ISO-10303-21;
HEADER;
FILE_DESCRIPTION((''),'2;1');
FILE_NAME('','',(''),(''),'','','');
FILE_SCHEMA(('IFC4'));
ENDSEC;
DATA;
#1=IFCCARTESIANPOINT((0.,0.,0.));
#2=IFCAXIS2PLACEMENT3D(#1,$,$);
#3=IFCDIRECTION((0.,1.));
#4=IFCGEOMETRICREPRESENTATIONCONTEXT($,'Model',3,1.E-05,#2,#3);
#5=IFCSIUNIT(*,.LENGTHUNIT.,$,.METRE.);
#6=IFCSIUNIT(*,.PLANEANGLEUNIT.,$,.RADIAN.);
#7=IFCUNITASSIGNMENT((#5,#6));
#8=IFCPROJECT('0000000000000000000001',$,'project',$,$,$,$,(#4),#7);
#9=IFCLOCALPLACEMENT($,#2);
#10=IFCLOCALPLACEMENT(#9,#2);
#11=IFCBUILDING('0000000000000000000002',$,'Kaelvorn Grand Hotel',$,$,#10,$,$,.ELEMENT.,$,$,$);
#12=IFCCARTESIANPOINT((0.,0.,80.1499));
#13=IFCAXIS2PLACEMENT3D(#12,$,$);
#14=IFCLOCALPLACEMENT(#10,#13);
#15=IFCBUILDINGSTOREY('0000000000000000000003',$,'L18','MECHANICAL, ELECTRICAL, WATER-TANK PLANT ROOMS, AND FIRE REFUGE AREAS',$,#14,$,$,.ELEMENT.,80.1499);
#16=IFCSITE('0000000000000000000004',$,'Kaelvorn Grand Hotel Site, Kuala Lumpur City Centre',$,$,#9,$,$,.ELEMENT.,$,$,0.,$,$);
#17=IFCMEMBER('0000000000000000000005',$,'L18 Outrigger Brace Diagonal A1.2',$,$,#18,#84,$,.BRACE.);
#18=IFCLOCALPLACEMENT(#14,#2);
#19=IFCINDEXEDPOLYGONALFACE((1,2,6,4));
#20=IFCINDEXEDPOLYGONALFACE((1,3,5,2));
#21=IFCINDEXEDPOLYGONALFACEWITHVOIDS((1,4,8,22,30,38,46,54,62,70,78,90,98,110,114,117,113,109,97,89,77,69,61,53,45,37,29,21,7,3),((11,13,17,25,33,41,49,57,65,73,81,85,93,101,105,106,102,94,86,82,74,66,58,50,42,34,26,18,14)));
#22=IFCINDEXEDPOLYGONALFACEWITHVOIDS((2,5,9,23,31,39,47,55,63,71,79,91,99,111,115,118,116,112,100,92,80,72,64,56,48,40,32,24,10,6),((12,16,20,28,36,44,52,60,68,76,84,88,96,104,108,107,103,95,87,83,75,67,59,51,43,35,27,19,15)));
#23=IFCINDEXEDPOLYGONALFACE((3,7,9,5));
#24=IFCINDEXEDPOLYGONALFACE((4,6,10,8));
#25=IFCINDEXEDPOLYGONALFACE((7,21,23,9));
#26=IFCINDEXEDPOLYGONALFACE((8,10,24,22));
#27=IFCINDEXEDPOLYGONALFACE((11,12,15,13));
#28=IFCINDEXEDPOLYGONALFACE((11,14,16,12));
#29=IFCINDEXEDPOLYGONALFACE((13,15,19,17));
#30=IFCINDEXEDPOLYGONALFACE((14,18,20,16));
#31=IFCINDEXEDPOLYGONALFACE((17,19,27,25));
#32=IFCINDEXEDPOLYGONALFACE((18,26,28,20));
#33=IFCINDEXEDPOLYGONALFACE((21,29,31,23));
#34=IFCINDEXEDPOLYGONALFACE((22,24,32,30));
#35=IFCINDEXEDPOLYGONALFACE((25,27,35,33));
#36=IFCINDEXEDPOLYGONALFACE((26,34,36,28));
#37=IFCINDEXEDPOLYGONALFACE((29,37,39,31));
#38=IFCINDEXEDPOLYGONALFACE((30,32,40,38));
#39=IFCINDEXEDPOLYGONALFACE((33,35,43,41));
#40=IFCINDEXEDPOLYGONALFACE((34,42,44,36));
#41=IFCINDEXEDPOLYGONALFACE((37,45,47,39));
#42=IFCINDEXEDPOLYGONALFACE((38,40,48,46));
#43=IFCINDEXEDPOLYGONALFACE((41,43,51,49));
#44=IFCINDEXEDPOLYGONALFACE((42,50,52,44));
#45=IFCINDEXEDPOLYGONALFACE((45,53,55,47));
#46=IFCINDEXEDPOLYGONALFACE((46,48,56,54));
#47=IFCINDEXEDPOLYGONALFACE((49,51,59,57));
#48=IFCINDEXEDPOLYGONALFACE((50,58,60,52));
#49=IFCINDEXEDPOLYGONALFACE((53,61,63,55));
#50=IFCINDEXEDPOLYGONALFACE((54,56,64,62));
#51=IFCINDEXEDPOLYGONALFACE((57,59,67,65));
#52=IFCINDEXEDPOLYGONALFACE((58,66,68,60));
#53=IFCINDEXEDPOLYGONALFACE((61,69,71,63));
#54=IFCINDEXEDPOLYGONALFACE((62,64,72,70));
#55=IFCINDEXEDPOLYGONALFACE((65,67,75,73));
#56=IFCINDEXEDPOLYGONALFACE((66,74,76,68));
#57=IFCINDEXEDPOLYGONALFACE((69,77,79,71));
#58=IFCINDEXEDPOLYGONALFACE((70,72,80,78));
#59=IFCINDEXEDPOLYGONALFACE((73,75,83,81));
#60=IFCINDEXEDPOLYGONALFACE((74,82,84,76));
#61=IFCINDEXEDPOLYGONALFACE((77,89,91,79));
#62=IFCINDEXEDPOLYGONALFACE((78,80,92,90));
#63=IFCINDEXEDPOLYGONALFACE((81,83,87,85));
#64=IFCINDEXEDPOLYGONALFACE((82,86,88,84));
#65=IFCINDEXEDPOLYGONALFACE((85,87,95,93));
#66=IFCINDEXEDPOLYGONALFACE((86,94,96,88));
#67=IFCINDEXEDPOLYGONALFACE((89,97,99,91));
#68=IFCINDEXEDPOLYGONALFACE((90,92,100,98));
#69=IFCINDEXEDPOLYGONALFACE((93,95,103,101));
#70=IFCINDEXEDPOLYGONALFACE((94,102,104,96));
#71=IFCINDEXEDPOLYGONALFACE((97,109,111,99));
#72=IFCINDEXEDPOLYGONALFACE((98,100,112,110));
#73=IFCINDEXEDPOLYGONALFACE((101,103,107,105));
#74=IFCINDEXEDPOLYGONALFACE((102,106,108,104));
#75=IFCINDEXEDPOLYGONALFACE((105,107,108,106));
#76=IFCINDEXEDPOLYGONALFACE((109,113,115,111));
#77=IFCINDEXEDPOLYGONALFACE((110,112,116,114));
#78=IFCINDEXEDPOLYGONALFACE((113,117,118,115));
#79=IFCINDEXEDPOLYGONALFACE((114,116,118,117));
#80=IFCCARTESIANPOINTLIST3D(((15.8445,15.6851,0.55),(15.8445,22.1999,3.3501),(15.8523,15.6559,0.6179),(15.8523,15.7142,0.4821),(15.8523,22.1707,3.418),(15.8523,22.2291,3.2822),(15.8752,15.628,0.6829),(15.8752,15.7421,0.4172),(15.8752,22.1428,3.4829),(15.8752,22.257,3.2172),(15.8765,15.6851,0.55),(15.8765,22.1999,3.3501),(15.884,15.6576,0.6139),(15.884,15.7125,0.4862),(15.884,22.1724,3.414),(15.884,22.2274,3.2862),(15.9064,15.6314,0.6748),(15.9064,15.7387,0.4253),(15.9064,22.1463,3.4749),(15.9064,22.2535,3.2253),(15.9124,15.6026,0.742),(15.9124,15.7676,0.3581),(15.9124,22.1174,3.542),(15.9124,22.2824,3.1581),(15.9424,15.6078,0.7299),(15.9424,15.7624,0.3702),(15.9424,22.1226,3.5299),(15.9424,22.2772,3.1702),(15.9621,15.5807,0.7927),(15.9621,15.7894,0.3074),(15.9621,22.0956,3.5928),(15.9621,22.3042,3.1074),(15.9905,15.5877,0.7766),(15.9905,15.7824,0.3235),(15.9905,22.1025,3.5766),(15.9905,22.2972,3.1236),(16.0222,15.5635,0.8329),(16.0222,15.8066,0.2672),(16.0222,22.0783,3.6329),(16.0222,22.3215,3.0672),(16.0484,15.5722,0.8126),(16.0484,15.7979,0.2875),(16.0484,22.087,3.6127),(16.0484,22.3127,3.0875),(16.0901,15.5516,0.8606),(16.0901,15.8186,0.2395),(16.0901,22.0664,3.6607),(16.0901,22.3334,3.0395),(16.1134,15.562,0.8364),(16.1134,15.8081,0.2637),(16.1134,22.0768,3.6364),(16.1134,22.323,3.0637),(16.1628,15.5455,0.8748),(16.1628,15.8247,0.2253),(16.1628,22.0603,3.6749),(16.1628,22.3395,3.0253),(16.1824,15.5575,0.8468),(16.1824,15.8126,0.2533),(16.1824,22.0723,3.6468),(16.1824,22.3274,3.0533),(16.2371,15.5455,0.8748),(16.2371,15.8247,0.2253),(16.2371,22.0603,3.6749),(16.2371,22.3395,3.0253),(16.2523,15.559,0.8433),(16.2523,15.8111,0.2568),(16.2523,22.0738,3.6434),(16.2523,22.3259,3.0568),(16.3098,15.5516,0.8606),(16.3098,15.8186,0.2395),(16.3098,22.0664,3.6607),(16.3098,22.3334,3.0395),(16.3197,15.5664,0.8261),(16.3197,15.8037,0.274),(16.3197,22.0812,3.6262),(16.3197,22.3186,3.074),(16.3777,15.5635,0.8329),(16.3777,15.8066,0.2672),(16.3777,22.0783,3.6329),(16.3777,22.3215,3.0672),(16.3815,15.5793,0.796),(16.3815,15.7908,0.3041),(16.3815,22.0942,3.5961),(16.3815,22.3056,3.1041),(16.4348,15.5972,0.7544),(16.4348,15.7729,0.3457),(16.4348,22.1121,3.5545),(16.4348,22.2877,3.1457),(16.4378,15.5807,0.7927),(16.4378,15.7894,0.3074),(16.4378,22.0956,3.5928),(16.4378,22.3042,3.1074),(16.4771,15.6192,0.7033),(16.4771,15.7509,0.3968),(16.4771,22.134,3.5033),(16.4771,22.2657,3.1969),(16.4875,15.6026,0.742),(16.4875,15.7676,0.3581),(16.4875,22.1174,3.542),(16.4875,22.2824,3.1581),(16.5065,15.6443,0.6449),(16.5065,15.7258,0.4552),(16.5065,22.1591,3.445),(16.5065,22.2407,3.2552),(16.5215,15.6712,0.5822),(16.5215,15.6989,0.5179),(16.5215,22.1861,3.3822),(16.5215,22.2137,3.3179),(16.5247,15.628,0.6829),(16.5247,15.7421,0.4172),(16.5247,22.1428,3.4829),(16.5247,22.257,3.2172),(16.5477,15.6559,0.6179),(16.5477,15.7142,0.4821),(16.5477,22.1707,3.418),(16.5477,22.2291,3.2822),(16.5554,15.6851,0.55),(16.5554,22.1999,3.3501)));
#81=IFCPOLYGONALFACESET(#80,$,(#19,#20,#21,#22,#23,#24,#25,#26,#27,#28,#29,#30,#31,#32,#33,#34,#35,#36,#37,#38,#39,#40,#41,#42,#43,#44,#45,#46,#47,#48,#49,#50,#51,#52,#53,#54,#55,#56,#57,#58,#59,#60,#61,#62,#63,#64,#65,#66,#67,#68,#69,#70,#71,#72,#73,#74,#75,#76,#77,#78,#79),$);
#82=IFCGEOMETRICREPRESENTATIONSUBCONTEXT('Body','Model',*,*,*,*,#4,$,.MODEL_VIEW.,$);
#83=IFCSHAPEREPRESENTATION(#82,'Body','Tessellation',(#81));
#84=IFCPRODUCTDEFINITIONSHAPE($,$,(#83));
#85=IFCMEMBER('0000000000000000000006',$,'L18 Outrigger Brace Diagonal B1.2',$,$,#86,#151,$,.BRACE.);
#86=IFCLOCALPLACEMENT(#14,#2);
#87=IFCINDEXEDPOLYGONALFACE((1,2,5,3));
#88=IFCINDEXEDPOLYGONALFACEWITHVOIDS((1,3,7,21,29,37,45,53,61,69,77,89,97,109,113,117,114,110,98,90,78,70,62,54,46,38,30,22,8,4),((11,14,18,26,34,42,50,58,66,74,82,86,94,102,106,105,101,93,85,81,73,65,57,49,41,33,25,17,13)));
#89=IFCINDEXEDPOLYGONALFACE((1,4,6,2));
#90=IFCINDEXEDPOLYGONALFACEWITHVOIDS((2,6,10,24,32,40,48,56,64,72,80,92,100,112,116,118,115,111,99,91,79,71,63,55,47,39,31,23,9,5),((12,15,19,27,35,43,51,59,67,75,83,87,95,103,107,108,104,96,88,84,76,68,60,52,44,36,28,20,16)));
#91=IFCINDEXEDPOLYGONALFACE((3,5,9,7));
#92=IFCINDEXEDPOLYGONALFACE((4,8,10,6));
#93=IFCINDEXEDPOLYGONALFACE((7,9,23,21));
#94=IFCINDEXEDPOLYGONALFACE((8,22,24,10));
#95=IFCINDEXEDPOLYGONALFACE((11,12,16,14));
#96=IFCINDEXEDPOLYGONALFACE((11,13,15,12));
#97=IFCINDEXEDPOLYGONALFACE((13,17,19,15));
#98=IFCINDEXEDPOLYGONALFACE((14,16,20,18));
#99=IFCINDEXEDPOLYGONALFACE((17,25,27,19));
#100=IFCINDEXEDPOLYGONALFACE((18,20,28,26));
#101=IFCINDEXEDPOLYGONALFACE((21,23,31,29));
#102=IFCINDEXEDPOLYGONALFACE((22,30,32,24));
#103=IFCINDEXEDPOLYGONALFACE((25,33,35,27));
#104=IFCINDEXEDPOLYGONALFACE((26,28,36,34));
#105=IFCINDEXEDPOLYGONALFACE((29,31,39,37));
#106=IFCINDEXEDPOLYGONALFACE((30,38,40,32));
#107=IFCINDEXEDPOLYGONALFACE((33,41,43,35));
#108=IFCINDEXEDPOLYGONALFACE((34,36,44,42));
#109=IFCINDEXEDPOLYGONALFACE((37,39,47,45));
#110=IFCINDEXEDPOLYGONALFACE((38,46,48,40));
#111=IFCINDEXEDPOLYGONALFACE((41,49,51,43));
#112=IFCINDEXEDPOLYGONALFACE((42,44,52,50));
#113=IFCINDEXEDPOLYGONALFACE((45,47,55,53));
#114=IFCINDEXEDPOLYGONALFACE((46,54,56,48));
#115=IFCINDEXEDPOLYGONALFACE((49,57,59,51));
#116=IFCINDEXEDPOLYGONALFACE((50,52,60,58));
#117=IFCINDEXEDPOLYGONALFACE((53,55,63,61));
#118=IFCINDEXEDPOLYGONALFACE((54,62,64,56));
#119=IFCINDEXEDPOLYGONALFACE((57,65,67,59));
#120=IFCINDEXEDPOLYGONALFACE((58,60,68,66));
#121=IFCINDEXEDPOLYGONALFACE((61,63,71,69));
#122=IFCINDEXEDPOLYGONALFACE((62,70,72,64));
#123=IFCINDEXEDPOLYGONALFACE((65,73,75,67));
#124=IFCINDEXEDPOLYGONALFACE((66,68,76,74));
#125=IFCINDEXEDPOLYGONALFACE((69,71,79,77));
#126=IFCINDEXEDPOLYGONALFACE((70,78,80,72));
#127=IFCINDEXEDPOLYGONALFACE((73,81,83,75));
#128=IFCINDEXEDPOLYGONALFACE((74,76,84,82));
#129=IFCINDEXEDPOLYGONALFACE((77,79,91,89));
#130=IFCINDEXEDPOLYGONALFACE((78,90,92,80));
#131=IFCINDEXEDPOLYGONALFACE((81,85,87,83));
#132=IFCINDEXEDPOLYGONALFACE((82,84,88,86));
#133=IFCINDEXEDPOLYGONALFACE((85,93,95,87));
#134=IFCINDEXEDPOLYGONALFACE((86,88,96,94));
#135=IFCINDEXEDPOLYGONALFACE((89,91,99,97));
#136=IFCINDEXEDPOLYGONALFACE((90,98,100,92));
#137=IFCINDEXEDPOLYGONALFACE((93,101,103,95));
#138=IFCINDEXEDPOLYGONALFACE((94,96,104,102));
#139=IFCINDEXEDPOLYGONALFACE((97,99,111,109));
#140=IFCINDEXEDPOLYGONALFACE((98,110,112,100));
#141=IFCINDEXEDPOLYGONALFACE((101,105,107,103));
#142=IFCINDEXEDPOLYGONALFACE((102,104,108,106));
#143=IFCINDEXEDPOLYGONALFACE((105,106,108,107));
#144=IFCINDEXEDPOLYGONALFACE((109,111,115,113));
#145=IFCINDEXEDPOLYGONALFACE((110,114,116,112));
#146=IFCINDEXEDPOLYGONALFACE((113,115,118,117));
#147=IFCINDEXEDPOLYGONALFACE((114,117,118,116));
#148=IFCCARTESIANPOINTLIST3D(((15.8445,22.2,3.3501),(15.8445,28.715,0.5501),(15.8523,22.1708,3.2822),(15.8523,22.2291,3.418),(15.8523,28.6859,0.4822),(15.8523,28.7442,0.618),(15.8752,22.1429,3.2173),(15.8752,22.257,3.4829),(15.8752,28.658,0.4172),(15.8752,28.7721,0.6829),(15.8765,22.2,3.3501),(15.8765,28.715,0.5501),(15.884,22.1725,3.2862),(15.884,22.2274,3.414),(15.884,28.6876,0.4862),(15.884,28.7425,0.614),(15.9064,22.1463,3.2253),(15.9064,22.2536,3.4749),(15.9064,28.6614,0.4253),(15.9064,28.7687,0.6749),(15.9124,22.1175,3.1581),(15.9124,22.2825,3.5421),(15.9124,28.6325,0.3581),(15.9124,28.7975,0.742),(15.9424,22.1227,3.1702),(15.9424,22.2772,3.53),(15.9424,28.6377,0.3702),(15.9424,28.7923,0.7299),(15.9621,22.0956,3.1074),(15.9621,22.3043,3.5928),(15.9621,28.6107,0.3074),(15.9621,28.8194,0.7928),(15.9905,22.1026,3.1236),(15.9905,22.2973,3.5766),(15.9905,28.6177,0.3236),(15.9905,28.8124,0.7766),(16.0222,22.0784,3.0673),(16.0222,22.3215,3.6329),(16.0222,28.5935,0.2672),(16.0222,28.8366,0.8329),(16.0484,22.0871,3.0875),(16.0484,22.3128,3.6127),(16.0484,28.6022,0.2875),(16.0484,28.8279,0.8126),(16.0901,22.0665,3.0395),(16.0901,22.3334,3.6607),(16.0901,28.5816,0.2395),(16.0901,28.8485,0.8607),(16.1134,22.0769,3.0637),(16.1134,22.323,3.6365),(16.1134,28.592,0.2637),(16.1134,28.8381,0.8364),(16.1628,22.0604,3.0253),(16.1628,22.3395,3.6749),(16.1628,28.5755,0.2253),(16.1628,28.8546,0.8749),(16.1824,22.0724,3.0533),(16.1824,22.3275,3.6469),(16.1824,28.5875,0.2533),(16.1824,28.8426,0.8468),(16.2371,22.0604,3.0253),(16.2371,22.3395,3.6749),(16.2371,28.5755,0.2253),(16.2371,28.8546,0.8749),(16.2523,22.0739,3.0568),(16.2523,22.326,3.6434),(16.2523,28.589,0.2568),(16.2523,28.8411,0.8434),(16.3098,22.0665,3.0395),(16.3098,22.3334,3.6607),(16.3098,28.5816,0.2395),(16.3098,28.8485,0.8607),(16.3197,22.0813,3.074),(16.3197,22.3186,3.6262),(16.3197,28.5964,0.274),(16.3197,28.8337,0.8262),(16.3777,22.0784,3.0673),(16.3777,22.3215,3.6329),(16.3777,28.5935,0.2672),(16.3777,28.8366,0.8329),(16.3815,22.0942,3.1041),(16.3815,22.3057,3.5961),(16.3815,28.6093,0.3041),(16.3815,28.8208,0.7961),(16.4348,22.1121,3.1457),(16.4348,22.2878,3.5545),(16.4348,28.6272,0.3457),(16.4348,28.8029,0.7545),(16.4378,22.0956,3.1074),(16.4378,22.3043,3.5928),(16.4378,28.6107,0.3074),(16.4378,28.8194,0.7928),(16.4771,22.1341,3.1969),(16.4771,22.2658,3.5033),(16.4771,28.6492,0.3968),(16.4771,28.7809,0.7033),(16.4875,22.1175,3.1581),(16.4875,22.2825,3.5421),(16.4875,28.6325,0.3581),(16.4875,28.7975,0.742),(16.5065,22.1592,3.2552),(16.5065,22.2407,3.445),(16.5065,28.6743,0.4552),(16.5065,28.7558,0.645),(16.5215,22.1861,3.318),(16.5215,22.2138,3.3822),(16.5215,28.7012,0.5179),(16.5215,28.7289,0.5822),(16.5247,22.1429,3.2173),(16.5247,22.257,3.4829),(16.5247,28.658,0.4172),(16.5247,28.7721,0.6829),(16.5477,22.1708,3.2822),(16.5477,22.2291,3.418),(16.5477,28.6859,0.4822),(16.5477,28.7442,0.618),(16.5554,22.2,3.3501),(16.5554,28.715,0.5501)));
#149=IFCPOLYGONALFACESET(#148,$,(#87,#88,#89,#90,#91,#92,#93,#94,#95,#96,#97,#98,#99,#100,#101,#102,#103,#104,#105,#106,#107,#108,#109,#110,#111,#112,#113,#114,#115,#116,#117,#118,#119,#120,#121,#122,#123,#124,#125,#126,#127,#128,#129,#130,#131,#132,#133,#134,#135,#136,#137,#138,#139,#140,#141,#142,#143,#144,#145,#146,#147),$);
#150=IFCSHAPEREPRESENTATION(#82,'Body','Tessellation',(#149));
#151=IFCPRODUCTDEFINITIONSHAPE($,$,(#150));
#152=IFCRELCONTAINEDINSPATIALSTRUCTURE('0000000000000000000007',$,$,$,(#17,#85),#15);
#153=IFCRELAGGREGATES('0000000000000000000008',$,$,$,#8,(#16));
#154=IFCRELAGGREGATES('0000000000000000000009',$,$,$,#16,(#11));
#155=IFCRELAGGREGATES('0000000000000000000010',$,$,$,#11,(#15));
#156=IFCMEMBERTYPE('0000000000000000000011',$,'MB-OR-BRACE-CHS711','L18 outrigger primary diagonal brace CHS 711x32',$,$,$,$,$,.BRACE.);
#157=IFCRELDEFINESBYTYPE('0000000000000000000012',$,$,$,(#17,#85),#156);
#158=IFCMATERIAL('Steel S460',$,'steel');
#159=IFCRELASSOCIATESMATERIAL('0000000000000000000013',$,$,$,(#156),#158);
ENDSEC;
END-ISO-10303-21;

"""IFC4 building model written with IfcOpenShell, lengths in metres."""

from ifc_helpers import new_model, si_unit, direction, frame, origin, origin_2d, place, context, subcontext, project, spatial, hollow_circle, extrude, material, material_profile, profile_set, type_object, element, save


model = new_model("IFC4")

# Units and contexts
model_context = context("Model", 3, precision=1e-05, world=origin(), true_north=direction((0.0, 1.0)))
body_context = subcontext(model_context, "Body", "Model", "MODEL_VIEW")
ifc_project = project(units=[si_unit("LENGTHUNIT", "METRE"), si_unit("PLANEANGLEUNIT", "RADIAN")], contexts=[model_context])

# Site, building, storey
site_placement = place(None, origin())
site = spatial("IfcSite", under=ifc_project, at=site_placement, Name="Kaelvorn Grand Hotel Site, Kuala Lumpur City Centre", CompositionType="ELEMENT", RefElevation=0.0)
building_placement = place(site_placement, origin())
building = spatial("IfcBuilding", under=site, at=building_placement, Name="Kaelvorn Grand Hotel", CompositionType="ELEMENT")
storey_placement = place(building_placement, frame((0.0, 0.0, 80.1499)))
storey = spatial("IfcBuildingStorey", under=building, at=storey_placement, Name="L18", Description="MECHANICAL, ELECTRICAL, WATER-TANK PLANT ROOMS, AND FIRE REFUGE AREAS", CompositionType="ELEMENT", Elevation=80.1499)

# Shared definitions
ifc_material_1 = material(Name="Steel S460", Category="steel")

# Members
ifc_material_profile_1 = material_profile(ifc_material_1, hollow_circle(Radius=0.3555, WallThickness=0.032, at=origin_2d()), Name="CHS 711.0x32.0")
ifc_profile_set_1 = profile_set([ifc_material_profile_1], Name="Steel S460")
member_type_1 = type_object("IfcMemberType", Name="MB-OR-BRACE-CHS711", Description="L18 outrigger primary diagonal brace CHS 711x32", PredefinedType="BRACE", material=ifc_profile_set_1)
member_1_placement = place(storey_placement, frame((16.2, 15.6851, 0.55), z_axis=(0.0, 0.918739, 0.394866), x_axis=(-1.0, 0.0, 0.0)))
element("IfcMember", 1, at=member_1_placement, inside=storey, type_object=member_type_1, Name="L18 Outrigger Brace Diagonal A1.2", PredefinedType="BRACE", context=body_context, shape_type="SweptSolid", body=[
    extrude(hollow_circle(Radius=0.3555, WallThickness=0.032, at=origin_2d()), origin(), (0.0, 0.0, 1.0), 7.0911),
])
member_2_placement = place(storey_placement, frame((16.2, 22.2, 3.3501), z_axis=(0.0, 0.918744, -0.394854), x_axis=(-1.0, 0.0, 0.0)))
element("IfcMember", 2, at=member_2_placement, inside=storey, type_object=member_type_1, Name="L18 Outrigger Brace Diagonal B1.2", PredefinedType="BRACE", context=body_context, shape_type="SweptSolid", body=[
    extrude(hollow_circle(Radius=0.3555, WallThickness=0.032, at=origin_2d()), origin(), (0.0, 0.0, 1.0), 7.0913),
])

save(model, "model.ifc")
